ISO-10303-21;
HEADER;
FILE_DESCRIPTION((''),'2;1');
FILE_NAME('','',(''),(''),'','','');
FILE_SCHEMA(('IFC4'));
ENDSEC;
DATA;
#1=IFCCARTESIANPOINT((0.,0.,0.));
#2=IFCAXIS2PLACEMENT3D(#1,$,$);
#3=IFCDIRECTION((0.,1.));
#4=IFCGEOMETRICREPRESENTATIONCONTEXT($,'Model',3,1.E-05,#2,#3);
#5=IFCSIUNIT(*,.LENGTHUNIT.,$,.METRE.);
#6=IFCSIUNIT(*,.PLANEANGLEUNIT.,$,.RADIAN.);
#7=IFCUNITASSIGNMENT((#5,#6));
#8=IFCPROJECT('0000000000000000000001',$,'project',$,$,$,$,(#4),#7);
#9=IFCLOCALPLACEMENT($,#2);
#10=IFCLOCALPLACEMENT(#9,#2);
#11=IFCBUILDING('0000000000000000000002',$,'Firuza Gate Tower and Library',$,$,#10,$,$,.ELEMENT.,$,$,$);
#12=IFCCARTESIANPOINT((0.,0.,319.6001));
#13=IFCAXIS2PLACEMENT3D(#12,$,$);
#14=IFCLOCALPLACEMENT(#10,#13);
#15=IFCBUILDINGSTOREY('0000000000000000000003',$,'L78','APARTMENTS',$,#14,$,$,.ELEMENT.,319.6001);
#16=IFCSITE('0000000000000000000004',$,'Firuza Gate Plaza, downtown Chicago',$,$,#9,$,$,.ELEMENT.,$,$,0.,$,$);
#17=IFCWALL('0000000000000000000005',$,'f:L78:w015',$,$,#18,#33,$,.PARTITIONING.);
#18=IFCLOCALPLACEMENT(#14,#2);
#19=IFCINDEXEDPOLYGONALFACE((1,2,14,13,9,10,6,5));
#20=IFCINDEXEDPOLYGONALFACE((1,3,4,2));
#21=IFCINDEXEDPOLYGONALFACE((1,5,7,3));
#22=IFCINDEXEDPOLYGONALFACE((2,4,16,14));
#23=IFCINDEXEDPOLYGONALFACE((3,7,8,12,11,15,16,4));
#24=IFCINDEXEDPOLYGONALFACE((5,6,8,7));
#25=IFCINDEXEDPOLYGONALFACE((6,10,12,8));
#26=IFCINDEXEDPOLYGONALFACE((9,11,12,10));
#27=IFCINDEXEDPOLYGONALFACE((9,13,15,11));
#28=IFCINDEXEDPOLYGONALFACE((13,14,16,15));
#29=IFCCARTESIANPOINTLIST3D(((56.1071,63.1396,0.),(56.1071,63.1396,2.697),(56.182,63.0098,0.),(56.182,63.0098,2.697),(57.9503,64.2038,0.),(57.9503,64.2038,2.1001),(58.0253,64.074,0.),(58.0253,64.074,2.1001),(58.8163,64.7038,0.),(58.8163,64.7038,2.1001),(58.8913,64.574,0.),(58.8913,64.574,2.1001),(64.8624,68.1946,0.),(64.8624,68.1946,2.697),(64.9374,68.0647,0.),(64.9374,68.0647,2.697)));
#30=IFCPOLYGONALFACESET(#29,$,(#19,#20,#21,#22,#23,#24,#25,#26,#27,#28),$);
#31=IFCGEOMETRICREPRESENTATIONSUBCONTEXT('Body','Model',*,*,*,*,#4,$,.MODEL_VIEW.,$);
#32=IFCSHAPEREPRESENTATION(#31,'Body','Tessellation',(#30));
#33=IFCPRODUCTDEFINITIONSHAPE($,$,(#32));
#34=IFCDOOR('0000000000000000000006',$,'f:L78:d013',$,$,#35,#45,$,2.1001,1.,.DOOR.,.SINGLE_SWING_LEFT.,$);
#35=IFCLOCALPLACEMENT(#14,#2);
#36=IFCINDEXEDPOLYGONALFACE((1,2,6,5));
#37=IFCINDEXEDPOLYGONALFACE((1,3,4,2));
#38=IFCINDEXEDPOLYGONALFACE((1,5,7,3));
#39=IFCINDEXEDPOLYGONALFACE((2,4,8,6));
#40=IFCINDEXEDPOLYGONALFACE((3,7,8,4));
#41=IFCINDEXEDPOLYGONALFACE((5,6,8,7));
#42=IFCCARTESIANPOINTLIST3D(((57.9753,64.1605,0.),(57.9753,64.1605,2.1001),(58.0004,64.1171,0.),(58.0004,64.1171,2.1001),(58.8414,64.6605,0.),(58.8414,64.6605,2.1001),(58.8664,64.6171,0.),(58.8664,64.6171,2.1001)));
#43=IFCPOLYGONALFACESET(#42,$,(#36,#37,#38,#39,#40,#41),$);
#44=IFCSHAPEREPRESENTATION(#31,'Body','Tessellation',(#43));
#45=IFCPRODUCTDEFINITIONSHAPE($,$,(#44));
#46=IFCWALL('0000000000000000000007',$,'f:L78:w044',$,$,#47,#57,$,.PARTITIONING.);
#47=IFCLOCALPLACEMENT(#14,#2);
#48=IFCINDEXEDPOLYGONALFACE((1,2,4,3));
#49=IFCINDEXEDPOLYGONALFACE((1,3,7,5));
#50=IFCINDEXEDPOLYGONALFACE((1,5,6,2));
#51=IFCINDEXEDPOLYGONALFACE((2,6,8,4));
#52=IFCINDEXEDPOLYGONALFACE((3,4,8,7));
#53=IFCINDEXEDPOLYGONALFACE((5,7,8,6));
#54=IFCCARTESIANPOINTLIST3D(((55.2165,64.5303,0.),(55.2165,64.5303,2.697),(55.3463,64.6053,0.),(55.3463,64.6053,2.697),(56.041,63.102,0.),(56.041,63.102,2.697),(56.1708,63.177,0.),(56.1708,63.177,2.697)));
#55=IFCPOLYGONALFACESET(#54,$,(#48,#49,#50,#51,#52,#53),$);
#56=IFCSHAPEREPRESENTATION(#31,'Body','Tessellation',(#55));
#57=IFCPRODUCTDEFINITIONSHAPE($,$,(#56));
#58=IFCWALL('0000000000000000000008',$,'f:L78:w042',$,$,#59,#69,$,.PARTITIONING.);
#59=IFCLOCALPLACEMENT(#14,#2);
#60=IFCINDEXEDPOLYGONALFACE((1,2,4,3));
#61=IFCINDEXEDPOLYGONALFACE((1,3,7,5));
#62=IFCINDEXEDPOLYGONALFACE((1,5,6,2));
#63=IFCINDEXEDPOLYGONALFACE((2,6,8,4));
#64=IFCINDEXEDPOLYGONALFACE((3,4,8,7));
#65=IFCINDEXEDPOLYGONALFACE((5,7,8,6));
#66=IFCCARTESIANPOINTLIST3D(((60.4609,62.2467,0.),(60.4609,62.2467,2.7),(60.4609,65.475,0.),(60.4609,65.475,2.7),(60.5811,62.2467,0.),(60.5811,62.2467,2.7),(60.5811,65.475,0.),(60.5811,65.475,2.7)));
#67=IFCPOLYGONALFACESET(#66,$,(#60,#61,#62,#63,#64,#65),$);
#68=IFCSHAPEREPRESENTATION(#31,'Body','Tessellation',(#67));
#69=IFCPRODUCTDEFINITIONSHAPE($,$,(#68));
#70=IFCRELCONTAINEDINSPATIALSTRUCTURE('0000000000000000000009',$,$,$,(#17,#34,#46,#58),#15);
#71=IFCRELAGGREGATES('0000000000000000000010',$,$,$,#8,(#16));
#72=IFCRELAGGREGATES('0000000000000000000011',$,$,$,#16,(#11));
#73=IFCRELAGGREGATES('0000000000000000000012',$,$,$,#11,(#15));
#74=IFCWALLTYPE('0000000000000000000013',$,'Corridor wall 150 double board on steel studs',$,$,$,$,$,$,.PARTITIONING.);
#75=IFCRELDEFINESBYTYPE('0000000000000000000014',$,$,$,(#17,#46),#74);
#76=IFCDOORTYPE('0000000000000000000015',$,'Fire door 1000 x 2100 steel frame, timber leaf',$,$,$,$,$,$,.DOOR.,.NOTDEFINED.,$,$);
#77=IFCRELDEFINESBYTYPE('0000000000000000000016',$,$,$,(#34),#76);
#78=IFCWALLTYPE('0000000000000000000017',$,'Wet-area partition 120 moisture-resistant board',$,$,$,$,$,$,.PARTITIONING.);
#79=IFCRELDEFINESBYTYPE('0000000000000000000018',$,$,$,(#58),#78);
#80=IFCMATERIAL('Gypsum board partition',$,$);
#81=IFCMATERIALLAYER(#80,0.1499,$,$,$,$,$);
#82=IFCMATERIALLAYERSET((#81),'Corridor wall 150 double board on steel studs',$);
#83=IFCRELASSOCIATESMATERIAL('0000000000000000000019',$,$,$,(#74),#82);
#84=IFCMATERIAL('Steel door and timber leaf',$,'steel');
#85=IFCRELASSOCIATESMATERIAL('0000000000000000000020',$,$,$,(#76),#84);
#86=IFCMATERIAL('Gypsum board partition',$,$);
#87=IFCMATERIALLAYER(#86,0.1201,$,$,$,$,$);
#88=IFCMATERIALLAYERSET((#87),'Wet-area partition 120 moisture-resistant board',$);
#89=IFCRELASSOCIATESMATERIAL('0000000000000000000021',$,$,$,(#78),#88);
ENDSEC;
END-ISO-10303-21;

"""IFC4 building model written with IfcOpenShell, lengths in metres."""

from ifc_helpers import new_model, si_unit, direction, frame, frame_2d, origin, place, context, subcontext, project, spatial, rectangle, extrude, material, layer, layer_set, type_object, element, fill, save


model = new_model("IFC4")

# Units and contexts
model_context = context("Model", 3, precision=1e-05, world=origin(), true_north=direction((0.0, 1.0)))
body_context = subcontext(model_context, "Body", "Model", "MODEL_VIEW")
ifc_project = project(units=[si_unit("LENGTHUNIT", "METRE"), si_unit("PLANEANGLEUNIT", "RADIAN")], contexts=[model_context])

# Site, building, storey
site_placement = place(None, origin())
site = spatial("IfcSite", under=ifc_project, at=site_placement, Name="Firuza Gate Plaza, downtown Chicago", CompositionType="ELEMENT", RefElevation=0.0)
building_placement = place(site_placement, origin())
building = spatial("IfcBuilding", under=site, at=building_placement, Name="Firuza Gate Tower and Library", CompositionType="ELEMENT")
storey_placement = place(building_placement, frame((0.0, 0.0, 319.6001)))
storey = spatial("IfcBuildingStorey", under=building, at=storey_placement, Name="L78", Description="APARTMENTS", CompositionType="ELEMENT", Elevation=319.6001)

# Wall, opening, door
ifc_material_1 = material(Name="Gypsum board partition")
ifc_layer_1 = layer(ifc_material_1, 0.1499)
ifc_layer_set_1 = layer_set([ifc_layer_1], Name="Corridor wall 150 double board on steel studs")
wall_type_1 = type_object("IfcWallType", Name="Corridor wall 150 double board on steel studs", PredefinedType="PARTITIONING", material=ifc_layer_set_1)
wall_1_placement = place(storey_placement, frame((56.1445, 63.0747, 0.0), z_axis=(0.0, 0.0, 1.0), x_axis=(0.866025, 0.500001, 0.0)))
wall_1 = element("IfcWall", 1, at=wall_1_placement, inside=storey, type_object=wall_type_1, Name="f:L78:w015", PredefinedType="PARTITIONING", context=body_context, shape_type="SweptSolid", body=[
    extrude(rectangle(XDim=10.1099, YDim=0.1499, at=frame_2d((5.0549, 0.0))), origin(), (0.0, 0.0, 1.0), 2.697),
])
opening_placement = place(wall_1_placement, frame((2.1284, 0.0, 0.0)))
opening = element("IfcOpeningElement", 2, at=opening_placement, cuts=wall_1, PredefinedType="OPENING", context=body_context, shape_type="SweptSolid", body=[
    extrude(rectangle(XDim=1.0, YDim=2.1001, at=frame_2d((0.5, 1.05))), frame((0.0, 0.085, 0.0), z_axis=(0.0, -1.0, 0.0), x_axis=(1.0, 0.0, 0.0)), (0.0, 0.0, 1.0), 0.1699),
])
ifc_material_2 = material(Name="Steel door and timber leaf", Category="steel")
door_type = type_object("IfcDoorType", Name="Fire door 1000 x 2100 steel frame, timber leaf", OperationType="NOTDEFINED", PredefinedType="DOOR", material=ifc_material_2)
door_placement = place(opening_placement, origin())
door = element("IfcDoor", 3, at=door_placement, inside=storey, type_object=door_type, Name="f:L78:d013", OperationType="SINGLE_SWING_LEFT", OverallHeight=2.1001, OverallWidth=1.0, PredefinedType="DOOR", context=body_context, shape_type="SweptSolid", body=[
    extrude(rectangle(XDim=1.0, YDim=2.1001, at=frame_2d((0.5, 1.05))), frame((0.0, 0.0249, 0.0), z_axis=(0.0, -1.0, 0.0), x_axis=(1.0, 0.0, 0.0)), (0.0, 0.0, 1.0), 0.05),
])
fill(opening, door)

# Walls
wall_2_placement = place(storey_placement, frame((56.106, 63.1394, 0.0), z_axis=(0.0, 0.0, 1.0), x_axis=(-0.499945, 0.866057, 0.0)))
element("IfcWall", 4, at=wall_2_placement, inside=storey, type_object=wall_type_1, Name="f:L78:w044", PredefinedType="PARTITIONING", context=body_context, shape_type="SweptSolid", body=[
    extrude(rectangle(XDim=1.6492, YDim=0.1499, at=frame_2d((0.8247, 0.0))), origin(), (0.0, 0.0, 1.0), 2.697),
])
ifc_material_3 = material(Name="Gypsum board partition")
ifc_layer_2 = layer(ifc_material_3, 0.1201)
ifc_layer_set_2 = layer_set([ifc_layer_2], Name="Wet-area partition 120 moisture-resistant board")
wall_type_2 = type_object("IfcWallType", Name="Wet-area partition 120 moisture-resistant board", PredefinedType="PARTITIONING", material=ifc_layer_set_2)
wall_3_placement = place(storey_placement, frame((60.521, 62.2466, 0.0), z_axis=(0.0, 0.0, 1.0), x_axis=(0.0, 1.0, 0.0)))
element("IfcWall", 5, at=wall_3_placement, inside=storey, type_object=wall_type_2, Name="f:L78:w042", PredefinedType="PARTITIONING", context=body_context, shape_type="SweptSolid", body=[
    extrude(rectangle(XDim=3.2283, YDim=0.1201, at=frame_2d((1.6143, 0.0))), origin(), (0.0, 0.0, 1.0), 2.7),
])

save(model, "model.ifc")
